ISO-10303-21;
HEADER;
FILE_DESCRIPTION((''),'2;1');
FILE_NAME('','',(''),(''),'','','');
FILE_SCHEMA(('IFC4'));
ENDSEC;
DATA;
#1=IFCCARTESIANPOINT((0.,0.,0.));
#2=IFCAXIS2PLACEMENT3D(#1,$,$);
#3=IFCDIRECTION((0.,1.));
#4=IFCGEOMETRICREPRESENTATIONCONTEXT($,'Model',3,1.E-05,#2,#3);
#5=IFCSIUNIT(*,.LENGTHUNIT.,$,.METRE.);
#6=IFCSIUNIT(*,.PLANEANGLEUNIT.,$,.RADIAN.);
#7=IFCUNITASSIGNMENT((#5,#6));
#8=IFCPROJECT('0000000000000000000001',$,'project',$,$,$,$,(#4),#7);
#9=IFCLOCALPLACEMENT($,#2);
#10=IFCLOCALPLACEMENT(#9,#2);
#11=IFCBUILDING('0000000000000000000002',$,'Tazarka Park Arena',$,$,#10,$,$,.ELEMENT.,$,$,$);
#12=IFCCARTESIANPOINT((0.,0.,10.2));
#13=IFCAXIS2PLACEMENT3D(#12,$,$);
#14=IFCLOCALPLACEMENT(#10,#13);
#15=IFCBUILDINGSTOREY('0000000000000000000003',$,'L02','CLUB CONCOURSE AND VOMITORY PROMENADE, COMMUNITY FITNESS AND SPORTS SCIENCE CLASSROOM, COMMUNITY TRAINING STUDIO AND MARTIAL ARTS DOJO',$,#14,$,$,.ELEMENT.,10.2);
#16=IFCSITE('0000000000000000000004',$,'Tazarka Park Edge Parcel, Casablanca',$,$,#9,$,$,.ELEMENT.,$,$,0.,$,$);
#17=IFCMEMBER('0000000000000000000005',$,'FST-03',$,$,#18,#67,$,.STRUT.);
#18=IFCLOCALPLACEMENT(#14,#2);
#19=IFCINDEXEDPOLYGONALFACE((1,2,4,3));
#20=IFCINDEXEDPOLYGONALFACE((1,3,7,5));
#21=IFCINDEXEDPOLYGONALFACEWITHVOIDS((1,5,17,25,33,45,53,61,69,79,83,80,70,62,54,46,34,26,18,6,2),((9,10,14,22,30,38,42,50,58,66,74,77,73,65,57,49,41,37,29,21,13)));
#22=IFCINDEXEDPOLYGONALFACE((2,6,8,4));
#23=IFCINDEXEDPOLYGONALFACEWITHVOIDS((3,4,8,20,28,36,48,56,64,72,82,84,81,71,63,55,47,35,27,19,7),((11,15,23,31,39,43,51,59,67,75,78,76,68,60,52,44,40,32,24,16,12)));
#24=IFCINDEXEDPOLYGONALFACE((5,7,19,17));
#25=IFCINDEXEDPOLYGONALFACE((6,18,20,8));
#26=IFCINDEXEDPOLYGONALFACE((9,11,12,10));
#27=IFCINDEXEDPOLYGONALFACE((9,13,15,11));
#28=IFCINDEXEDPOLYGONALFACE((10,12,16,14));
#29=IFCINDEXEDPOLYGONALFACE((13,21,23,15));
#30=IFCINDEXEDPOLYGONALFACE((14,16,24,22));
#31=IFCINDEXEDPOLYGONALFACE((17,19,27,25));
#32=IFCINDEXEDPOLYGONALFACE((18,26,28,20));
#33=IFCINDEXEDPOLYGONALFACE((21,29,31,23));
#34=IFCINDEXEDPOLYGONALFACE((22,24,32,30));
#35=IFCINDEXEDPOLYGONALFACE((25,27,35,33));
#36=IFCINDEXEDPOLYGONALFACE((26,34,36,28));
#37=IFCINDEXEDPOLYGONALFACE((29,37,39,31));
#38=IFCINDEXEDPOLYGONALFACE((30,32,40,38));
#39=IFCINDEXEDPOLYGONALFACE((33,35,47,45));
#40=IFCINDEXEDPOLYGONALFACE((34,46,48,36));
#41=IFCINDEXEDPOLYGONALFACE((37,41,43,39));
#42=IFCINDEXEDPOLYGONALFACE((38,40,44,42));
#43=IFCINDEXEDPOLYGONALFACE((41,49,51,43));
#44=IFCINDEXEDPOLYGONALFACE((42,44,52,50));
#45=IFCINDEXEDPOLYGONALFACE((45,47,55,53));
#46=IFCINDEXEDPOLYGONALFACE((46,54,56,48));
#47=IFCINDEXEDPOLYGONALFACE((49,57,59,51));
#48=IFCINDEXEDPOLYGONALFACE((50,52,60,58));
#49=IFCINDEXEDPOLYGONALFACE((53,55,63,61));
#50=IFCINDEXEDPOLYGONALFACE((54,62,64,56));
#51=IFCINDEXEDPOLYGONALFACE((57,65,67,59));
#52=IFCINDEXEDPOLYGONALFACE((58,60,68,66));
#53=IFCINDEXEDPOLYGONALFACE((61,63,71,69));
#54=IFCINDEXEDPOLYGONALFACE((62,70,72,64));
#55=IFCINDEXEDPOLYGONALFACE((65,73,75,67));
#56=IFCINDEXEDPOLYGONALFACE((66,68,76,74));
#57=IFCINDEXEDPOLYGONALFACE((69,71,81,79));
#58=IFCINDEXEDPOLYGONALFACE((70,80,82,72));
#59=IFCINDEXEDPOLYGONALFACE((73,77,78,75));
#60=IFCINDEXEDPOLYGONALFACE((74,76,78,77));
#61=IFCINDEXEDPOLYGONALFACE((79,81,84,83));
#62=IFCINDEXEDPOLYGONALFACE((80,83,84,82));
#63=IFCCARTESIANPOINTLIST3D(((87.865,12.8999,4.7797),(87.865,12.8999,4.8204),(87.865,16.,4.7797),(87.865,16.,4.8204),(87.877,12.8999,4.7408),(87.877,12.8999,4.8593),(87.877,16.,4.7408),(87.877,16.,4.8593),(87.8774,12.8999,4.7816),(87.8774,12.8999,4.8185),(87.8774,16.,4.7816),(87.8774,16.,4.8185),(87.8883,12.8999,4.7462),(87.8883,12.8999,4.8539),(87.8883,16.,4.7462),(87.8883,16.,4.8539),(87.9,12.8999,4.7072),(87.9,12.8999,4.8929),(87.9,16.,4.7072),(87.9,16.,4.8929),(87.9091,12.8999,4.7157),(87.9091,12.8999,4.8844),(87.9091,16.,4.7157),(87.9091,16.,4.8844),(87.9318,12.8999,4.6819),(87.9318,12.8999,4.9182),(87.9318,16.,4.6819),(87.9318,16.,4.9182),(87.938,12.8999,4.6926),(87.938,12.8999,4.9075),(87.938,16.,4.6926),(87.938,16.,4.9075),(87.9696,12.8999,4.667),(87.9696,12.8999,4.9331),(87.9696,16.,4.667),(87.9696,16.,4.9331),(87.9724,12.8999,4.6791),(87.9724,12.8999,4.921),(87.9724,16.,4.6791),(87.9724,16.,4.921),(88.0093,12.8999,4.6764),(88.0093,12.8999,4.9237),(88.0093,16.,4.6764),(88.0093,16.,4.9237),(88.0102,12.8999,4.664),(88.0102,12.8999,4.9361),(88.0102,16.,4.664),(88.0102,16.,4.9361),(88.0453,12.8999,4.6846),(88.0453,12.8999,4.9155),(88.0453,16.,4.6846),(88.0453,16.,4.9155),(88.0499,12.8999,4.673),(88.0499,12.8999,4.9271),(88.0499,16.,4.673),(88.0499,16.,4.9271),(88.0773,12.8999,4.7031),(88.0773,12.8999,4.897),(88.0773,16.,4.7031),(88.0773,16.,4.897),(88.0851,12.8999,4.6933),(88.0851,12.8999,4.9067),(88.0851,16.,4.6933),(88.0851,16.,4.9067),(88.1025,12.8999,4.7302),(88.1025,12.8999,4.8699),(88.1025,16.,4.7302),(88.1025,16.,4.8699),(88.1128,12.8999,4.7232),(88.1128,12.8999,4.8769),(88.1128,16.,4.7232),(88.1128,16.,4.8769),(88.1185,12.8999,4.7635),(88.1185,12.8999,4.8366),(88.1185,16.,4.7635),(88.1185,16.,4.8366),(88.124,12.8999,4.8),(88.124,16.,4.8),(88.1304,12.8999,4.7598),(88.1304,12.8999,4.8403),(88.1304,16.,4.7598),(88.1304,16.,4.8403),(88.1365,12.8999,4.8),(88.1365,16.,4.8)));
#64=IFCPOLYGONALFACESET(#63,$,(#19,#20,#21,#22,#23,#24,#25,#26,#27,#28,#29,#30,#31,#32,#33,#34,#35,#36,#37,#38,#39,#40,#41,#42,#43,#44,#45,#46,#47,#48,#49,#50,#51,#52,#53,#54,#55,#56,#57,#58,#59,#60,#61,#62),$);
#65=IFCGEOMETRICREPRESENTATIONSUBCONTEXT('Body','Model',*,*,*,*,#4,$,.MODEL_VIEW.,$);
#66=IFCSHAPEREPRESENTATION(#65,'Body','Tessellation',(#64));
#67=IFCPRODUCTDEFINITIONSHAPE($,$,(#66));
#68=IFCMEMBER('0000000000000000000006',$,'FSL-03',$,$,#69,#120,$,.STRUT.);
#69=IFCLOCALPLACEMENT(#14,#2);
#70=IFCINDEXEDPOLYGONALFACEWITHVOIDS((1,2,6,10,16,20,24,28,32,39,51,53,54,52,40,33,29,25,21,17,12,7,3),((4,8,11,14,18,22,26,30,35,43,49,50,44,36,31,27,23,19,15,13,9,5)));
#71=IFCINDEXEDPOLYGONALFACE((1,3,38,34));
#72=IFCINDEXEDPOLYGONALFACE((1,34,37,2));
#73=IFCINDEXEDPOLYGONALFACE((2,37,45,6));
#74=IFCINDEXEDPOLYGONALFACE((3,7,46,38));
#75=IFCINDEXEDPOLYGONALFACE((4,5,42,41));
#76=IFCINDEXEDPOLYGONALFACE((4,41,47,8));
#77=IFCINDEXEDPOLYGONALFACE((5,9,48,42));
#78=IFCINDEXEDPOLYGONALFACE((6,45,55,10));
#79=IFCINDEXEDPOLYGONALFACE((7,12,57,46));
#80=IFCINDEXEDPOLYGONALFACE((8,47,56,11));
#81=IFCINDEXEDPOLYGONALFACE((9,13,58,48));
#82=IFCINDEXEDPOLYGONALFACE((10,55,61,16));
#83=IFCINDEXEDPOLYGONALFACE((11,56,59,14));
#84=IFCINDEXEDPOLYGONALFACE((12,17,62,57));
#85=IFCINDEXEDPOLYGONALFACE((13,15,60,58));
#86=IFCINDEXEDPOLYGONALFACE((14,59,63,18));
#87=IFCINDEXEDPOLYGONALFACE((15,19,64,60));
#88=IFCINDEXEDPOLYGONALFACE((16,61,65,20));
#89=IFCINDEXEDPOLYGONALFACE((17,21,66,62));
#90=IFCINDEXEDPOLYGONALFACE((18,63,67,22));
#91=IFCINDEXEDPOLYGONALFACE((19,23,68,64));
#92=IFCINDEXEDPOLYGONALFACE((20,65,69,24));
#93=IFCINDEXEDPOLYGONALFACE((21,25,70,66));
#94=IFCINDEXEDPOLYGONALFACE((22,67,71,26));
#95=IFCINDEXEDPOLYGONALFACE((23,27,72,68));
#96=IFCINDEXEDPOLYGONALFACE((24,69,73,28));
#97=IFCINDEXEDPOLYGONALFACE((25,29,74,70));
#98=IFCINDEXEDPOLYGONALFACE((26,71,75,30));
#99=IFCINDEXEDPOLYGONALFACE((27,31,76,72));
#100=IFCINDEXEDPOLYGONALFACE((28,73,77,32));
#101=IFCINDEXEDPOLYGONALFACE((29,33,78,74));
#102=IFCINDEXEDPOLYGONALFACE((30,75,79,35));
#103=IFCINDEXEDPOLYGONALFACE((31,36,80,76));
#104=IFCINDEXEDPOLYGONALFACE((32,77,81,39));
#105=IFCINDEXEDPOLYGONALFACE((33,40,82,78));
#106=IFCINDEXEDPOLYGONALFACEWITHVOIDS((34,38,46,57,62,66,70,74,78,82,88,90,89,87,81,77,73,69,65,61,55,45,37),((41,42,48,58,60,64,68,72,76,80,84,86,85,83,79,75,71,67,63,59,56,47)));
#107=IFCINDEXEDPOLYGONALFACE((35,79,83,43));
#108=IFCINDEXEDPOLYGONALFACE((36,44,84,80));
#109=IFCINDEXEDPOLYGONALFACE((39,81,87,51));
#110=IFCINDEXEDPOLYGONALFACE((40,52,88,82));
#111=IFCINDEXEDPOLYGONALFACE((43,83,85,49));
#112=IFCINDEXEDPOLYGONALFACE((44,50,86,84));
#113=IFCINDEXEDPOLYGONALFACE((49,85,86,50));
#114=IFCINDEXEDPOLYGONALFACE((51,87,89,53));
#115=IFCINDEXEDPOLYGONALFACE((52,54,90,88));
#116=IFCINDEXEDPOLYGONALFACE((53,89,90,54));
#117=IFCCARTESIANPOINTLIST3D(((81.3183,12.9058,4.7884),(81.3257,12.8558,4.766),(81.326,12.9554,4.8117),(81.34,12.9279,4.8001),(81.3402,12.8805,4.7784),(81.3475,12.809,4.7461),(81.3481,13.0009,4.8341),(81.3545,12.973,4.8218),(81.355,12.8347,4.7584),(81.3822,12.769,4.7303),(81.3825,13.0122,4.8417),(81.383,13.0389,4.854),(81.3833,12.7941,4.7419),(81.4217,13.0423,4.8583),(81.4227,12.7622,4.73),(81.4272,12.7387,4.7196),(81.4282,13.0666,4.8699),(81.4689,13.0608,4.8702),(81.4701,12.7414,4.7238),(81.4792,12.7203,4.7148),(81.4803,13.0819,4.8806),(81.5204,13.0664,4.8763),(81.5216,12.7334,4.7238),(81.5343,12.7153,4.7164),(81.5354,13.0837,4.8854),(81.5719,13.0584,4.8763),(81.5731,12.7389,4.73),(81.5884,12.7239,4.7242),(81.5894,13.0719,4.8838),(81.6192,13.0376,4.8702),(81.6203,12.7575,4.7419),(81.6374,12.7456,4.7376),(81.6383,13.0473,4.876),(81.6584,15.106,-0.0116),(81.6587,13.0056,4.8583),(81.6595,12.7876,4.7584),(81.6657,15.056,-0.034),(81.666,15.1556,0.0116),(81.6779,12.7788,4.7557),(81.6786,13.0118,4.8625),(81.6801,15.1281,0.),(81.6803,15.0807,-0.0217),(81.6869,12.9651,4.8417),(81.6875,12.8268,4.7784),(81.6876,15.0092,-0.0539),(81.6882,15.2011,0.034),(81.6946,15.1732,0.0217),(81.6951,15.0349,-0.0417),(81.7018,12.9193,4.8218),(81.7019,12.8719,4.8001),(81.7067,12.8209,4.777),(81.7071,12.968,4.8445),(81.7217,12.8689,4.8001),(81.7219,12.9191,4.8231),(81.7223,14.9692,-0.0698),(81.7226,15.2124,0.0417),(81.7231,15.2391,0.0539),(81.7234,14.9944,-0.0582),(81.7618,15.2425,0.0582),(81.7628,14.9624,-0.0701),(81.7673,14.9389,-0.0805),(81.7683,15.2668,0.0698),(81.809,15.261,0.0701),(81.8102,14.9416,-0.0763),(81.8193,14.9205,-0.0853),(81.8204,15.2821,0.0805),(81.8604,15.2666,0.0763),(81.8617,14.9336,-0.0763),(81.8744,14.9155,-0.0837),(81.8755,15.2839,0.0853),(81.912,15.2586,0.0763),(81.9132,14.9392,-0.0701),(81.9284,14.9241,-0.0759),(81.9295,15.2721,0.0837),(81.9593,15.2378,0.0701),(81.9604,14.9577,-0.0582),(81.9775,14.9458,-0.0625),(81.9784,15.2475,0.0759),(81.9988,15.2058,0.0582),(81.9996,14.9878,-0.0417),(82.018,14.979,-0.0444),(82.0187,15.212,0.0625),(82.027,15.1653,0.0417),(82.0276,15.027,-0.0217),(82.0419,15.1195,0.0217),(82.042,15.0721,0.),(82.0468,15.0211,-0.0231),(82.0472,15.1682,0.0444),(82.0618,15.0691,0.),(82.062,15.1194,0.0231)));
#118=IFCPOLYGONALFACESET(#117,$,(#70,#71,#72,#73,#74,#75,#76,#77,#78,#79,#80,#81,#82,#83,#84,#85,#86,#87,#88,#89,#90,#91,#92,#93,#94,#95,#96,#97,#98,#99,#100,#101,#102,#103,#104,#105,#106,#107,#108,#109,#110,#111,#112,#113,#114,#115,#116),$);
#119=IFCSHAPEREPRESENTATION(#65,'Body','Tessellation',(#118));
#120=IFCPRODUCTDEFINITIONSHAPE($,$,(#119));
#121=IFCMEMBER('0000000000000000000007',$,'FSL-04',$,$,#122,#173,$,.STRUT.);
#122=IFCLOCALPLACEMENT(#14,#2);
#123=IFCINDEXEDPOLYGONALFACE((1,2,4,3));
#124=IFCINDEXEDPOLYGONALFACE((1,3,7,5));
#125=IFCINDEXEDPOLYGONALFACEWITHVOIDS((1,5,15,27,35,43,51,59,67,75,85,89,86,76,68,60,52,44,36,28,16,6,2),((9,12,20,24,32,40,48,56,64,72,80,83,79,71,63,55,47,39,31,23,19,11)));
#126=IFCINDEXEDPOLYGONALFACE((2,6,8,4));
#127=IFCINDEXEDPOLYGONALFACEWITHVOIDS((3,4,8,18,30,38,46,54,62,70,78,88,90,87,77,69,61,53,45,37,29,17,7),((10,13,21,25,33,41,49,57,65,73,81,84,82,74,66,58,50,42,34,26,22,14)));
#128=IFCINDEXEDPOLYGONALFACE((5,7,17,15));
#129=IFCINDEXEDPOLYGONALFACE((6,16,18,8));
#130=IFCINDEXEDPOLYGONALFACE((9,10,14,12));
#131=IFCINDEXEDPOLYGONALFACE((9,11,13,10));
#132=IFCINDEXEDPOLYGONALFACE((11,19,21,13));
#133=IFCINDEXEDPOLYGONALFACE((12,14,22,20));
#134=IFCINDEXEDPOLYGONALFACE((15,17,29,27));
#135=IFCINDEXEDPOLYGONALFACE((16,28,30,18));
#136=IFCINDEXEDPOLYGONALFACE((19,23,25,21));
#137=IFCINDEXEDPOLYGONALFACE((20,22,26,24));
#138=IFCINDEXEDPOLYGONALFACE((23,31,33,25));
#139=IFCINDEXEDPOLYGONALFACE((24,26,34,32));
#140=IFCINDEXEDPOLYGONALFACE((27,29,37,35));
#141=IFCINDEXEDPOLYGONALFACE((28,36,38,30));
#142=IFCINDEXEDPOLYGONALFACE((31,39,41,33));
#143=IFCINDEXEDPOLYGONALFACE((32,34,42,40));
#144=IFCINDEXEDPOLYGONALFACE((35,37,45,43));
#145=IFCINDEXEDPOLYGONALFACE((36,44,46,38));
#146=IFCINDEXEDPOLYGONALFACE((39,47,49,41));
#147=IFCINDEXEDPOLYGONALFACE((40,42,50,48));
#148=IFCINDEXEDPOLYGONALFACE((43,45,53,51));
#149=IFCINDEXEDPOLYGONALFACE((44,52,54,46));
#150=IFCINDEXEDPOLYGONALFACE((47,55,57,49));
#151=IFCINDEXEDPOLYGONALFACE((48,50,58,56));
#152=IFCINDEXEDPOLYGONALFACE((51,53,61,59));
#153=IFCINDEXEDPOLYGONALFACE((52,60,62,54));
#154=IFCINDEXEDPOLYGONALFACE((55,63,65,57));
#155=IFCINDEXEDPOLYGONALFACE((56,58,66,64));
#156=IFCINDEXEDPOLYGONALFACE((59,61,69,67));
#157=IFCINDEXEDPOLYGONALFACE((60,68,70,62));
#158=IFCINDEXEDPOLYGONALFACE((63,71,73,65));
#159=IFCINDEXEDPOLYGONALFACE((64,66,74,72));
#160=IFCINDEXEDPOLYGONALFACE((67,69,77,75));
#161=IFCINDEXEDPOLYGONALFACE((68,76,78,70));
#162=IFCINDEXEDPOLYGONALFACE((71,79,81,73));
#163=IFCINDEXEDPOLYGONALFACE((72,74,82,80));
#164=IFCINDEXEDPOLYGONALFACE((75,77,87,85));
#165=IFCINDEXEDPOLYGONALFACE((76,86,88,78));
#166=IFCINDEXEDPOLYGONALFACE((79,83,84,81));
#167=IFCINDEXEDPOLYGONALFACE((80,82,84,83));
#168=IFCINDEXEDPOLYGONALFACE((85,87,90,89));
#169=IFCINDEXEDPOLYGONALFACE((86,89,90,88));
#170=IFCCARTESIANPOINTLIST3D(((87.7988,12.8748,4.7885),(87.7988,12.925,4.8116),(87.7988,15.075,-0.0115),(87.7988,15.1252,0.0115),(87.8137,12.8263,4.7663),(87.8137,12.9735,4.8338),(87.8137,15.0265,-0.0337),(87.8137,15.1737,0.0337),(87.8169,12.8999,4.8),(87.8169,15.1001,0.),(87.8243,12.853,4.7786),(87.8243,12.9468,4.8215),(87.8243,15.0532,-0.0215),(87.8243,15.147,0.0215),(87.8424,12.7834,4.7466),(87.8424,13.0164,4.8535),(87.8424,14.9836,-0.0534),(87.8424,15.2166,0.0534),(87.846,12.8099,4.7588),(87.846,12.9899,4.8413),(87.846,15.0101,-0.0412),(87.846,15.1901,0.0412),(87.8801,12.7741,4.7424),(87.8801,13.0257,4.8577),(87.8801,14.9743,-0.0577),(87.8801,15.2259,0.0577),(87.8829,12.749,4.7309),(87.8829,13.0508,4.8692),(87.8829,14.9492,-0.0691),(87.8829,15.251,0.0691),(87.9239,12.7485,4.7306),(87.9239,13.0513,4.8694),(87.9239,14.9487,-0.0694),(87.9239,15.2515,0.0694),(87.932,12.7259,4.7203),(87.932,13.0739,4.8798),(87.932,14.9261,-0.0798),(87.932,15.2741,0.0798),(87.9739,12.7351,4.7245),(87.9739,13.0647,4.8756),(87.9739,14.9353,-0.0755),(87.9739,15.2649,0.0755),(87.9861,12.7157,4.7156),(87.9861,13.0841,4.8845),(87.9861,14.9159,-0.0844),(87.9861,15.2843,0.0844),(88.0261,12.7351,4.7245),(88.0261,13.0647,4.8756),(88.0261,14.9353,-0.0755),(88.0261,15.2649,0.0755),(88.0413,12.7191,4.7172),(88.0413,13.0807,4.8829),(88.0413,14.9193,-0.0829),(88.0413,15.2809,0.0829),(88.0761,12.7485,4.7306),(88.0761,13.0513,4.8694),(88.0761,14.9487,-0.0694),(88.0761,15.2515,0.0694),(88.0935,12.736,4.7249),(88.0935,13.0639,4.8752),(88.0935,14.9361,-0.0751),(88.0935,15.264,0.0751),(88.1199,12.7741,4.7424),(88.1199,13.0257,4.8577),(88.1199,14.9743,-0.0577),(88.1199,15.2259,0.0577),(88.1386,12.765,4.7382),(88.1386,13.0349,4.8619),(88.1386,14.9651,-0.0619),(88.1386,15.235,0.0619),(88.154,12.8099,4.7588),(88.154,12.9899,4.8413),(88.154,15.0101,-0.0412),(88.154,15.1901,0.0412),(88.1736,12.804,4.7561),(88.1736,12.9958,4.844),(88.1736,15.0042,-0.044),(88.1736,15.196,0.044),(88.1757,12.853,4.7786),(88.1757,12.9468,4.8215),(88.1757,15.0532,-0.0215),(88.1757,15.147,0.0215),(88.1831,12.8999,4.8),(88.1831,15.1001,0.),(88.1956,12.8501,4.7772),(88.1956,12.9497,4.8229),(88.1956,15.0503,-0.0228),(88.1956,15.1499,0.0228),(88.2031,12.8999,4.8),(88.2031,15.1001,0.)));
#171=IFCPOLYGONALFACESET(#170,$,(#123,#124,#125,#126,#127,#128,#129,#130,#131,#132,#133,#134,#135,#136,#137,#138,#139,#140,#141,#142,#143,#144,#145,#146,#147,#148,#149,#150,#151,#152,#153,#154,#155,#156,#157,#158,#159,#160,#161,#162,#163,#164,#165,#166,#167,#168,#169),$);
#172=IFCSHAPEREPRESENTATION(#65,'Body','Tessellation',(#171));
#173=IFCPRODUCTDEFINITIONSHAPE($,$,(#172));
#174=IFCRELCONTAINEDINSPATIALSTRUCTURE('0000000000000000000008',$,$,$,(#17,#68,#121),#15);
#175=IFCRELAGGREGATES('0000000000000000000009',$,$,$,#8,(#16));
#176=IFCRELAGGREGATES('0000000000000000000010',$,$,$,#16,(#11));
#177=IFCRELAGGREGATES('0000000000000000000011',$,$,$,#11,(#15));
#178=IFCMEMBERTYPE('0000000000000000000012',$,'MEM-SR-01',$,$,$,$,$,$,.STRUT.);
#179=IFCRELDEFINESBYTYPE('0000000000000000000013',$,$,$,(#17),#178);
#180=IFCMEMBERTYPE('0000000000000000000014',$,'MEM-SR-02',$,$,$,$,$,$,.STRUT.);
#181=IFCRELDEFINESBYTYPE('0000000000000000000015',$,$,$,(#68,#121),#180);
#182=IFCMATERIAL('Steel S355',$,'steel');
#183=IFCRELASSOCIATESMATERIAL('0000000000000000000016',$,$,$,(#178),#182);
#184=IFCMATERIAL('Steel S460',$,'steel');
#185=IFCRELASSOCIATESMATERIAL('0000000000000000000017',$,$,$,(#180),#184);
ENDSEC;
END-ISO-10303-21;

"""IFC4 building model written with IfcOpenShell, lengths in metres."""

from ifc_helpers import new_model, si_unit, direction, frame, origin, origin_2d, place, context, subcontext, project, spatial, hollow_circle, extrude, material, material_profile, profile_set, type_object, element, save


model = new_model("IFC4")

# Units and contexts
model_context = context("Model", 3, precision=1e-05, world=origin(), true_north=direction((0.0, 1.0)))
body_context = subcontext(model_context, "Body", "Model", "MODEL_VIEW")
ifc_project = project(units=[si_unit("LENGTHUNIT", "METRE"), si_unit("PLANEANGLEUNIT", "RADIAN")], contexts=[model_context])

# Site, building, storey
site_placement = place(None, origin())
site = spatial("IfcSite", under=ifc_project, at=site_placement, Name="Tazarka Park Edge Parcel, Casablanca", CompositionType="ELEMENT", RefElevation=0.0)
building_placement = place(site_placement, origin())
building = spatial("IfcBuilding", under=site, at=building_placement, Name="Tazarka Park Arena", CompositionType="ELEMENT")
storey_placement = place(building_placement, frame((0.0, 0.0, 10.2)))
storey = spatial("IfcBuildingStorey", under=building, at=storey_placement, Name="L02", Description="CLUB CONCOURSE AND VOMITORY PROMENADE, COMMUNITY FITNESS AND SPORTS SCIENCE CLASSROOM, COMMUNITY TRAINING STUDIO AND MARTIAL ARTS DOJO", CompositionType="ELEMENT", Elevation=10.2)

# Members
ifc_material_1 = material(Name="Steel S355", Category="steel")
ifc_material_profile_1 = material_profile(ifc_material_1, hollow_circle(Radius=0.1365, WallThickness=0.0125, at=origin_2d()), Name="Steel S355")
ifc_profile_set_1 = profile_set([ifc_material_profile_1], Name="Steel S355")
member_type_1 = type_object("IfcMemberType", Name="MEM-SR-01", PredefinedType="STRUT", material=ifc_profile_set_1)
member_1_placement = place(storey_placement, frame((88.0, 16.0, 4.8), z_axis=(0.0, -1.0, 0.0), x_axis=(1.0, 0.0, 0.0)))
element("IfcMember", 1, at=member_1_placement, inside=storey, type_object=member_type_1, Name="FST-03", PredefinedType="STRUT", context=body_context, shape_type="SweptSolid", body=[
    extrude(hollow_circle(Radius=0.1365, WallThickness=0.0125, at=origin_2d()), origin(), (0.0, 0.0, 1.0), 3.1001),
])
ifc_material_2 = material(Name="Steel S460", Category="steel")
ifc_material_profile_2 = material_profile(ifc_material_2, hollow_circle(Radius=0.2031, WallThickness=0.02, at=origin_2d()), Name="Steel S460")
ifc_profile_set_2 = profile_set([ifc_material_profile_2], Name="Steel S460")
member_type_2 = type_object("IfcMemberType", Name="MEM-SR-02", PredefinedType="STRUT", material=ifc_profile_set_2)
member_2_placement = place(storey_placement, frame((81.8611, 15.1001, 0.0), z_axis=(-0.064274, -0.41582, 0.907173), x_axis=(0.988264, -0.152758, 0.0)))
element("IfcMember", 2, at=member_2_placement, inside=storey, type_object=member_type_2, Name="FSL-03", PredefinedType="STRUT", context=body_context, shape_type="SweptSolid", body=[
    extrude(hollow_circle(Radius=0.2031, WallThickness=0.02, at=origin_2d()), origin(), (0.0, 0.0, 1.0), 5.2913),
])
member_3_placement = place(storey_placement, frame((88.0, 15.1001, 0.0), z_axis=(0.0, -0.416682, 0.909052), x_axis=(1.0, 0.0, 0.0)))
element("IfcMember", 3, at=member_3_placement, inside=storey, type_object=member_type_2, Name="FSL-04", PredefinedType="STRUT", context=body_context, shape_type="SweptSolid", body=[
    extrude(hollow_circle(Radius=0.2031, WallThickness=0.02, at=origin_2d()), origin(), (0.0, 0.0, 1.0), 5.2803),
])

save(model, "model.ifc")
